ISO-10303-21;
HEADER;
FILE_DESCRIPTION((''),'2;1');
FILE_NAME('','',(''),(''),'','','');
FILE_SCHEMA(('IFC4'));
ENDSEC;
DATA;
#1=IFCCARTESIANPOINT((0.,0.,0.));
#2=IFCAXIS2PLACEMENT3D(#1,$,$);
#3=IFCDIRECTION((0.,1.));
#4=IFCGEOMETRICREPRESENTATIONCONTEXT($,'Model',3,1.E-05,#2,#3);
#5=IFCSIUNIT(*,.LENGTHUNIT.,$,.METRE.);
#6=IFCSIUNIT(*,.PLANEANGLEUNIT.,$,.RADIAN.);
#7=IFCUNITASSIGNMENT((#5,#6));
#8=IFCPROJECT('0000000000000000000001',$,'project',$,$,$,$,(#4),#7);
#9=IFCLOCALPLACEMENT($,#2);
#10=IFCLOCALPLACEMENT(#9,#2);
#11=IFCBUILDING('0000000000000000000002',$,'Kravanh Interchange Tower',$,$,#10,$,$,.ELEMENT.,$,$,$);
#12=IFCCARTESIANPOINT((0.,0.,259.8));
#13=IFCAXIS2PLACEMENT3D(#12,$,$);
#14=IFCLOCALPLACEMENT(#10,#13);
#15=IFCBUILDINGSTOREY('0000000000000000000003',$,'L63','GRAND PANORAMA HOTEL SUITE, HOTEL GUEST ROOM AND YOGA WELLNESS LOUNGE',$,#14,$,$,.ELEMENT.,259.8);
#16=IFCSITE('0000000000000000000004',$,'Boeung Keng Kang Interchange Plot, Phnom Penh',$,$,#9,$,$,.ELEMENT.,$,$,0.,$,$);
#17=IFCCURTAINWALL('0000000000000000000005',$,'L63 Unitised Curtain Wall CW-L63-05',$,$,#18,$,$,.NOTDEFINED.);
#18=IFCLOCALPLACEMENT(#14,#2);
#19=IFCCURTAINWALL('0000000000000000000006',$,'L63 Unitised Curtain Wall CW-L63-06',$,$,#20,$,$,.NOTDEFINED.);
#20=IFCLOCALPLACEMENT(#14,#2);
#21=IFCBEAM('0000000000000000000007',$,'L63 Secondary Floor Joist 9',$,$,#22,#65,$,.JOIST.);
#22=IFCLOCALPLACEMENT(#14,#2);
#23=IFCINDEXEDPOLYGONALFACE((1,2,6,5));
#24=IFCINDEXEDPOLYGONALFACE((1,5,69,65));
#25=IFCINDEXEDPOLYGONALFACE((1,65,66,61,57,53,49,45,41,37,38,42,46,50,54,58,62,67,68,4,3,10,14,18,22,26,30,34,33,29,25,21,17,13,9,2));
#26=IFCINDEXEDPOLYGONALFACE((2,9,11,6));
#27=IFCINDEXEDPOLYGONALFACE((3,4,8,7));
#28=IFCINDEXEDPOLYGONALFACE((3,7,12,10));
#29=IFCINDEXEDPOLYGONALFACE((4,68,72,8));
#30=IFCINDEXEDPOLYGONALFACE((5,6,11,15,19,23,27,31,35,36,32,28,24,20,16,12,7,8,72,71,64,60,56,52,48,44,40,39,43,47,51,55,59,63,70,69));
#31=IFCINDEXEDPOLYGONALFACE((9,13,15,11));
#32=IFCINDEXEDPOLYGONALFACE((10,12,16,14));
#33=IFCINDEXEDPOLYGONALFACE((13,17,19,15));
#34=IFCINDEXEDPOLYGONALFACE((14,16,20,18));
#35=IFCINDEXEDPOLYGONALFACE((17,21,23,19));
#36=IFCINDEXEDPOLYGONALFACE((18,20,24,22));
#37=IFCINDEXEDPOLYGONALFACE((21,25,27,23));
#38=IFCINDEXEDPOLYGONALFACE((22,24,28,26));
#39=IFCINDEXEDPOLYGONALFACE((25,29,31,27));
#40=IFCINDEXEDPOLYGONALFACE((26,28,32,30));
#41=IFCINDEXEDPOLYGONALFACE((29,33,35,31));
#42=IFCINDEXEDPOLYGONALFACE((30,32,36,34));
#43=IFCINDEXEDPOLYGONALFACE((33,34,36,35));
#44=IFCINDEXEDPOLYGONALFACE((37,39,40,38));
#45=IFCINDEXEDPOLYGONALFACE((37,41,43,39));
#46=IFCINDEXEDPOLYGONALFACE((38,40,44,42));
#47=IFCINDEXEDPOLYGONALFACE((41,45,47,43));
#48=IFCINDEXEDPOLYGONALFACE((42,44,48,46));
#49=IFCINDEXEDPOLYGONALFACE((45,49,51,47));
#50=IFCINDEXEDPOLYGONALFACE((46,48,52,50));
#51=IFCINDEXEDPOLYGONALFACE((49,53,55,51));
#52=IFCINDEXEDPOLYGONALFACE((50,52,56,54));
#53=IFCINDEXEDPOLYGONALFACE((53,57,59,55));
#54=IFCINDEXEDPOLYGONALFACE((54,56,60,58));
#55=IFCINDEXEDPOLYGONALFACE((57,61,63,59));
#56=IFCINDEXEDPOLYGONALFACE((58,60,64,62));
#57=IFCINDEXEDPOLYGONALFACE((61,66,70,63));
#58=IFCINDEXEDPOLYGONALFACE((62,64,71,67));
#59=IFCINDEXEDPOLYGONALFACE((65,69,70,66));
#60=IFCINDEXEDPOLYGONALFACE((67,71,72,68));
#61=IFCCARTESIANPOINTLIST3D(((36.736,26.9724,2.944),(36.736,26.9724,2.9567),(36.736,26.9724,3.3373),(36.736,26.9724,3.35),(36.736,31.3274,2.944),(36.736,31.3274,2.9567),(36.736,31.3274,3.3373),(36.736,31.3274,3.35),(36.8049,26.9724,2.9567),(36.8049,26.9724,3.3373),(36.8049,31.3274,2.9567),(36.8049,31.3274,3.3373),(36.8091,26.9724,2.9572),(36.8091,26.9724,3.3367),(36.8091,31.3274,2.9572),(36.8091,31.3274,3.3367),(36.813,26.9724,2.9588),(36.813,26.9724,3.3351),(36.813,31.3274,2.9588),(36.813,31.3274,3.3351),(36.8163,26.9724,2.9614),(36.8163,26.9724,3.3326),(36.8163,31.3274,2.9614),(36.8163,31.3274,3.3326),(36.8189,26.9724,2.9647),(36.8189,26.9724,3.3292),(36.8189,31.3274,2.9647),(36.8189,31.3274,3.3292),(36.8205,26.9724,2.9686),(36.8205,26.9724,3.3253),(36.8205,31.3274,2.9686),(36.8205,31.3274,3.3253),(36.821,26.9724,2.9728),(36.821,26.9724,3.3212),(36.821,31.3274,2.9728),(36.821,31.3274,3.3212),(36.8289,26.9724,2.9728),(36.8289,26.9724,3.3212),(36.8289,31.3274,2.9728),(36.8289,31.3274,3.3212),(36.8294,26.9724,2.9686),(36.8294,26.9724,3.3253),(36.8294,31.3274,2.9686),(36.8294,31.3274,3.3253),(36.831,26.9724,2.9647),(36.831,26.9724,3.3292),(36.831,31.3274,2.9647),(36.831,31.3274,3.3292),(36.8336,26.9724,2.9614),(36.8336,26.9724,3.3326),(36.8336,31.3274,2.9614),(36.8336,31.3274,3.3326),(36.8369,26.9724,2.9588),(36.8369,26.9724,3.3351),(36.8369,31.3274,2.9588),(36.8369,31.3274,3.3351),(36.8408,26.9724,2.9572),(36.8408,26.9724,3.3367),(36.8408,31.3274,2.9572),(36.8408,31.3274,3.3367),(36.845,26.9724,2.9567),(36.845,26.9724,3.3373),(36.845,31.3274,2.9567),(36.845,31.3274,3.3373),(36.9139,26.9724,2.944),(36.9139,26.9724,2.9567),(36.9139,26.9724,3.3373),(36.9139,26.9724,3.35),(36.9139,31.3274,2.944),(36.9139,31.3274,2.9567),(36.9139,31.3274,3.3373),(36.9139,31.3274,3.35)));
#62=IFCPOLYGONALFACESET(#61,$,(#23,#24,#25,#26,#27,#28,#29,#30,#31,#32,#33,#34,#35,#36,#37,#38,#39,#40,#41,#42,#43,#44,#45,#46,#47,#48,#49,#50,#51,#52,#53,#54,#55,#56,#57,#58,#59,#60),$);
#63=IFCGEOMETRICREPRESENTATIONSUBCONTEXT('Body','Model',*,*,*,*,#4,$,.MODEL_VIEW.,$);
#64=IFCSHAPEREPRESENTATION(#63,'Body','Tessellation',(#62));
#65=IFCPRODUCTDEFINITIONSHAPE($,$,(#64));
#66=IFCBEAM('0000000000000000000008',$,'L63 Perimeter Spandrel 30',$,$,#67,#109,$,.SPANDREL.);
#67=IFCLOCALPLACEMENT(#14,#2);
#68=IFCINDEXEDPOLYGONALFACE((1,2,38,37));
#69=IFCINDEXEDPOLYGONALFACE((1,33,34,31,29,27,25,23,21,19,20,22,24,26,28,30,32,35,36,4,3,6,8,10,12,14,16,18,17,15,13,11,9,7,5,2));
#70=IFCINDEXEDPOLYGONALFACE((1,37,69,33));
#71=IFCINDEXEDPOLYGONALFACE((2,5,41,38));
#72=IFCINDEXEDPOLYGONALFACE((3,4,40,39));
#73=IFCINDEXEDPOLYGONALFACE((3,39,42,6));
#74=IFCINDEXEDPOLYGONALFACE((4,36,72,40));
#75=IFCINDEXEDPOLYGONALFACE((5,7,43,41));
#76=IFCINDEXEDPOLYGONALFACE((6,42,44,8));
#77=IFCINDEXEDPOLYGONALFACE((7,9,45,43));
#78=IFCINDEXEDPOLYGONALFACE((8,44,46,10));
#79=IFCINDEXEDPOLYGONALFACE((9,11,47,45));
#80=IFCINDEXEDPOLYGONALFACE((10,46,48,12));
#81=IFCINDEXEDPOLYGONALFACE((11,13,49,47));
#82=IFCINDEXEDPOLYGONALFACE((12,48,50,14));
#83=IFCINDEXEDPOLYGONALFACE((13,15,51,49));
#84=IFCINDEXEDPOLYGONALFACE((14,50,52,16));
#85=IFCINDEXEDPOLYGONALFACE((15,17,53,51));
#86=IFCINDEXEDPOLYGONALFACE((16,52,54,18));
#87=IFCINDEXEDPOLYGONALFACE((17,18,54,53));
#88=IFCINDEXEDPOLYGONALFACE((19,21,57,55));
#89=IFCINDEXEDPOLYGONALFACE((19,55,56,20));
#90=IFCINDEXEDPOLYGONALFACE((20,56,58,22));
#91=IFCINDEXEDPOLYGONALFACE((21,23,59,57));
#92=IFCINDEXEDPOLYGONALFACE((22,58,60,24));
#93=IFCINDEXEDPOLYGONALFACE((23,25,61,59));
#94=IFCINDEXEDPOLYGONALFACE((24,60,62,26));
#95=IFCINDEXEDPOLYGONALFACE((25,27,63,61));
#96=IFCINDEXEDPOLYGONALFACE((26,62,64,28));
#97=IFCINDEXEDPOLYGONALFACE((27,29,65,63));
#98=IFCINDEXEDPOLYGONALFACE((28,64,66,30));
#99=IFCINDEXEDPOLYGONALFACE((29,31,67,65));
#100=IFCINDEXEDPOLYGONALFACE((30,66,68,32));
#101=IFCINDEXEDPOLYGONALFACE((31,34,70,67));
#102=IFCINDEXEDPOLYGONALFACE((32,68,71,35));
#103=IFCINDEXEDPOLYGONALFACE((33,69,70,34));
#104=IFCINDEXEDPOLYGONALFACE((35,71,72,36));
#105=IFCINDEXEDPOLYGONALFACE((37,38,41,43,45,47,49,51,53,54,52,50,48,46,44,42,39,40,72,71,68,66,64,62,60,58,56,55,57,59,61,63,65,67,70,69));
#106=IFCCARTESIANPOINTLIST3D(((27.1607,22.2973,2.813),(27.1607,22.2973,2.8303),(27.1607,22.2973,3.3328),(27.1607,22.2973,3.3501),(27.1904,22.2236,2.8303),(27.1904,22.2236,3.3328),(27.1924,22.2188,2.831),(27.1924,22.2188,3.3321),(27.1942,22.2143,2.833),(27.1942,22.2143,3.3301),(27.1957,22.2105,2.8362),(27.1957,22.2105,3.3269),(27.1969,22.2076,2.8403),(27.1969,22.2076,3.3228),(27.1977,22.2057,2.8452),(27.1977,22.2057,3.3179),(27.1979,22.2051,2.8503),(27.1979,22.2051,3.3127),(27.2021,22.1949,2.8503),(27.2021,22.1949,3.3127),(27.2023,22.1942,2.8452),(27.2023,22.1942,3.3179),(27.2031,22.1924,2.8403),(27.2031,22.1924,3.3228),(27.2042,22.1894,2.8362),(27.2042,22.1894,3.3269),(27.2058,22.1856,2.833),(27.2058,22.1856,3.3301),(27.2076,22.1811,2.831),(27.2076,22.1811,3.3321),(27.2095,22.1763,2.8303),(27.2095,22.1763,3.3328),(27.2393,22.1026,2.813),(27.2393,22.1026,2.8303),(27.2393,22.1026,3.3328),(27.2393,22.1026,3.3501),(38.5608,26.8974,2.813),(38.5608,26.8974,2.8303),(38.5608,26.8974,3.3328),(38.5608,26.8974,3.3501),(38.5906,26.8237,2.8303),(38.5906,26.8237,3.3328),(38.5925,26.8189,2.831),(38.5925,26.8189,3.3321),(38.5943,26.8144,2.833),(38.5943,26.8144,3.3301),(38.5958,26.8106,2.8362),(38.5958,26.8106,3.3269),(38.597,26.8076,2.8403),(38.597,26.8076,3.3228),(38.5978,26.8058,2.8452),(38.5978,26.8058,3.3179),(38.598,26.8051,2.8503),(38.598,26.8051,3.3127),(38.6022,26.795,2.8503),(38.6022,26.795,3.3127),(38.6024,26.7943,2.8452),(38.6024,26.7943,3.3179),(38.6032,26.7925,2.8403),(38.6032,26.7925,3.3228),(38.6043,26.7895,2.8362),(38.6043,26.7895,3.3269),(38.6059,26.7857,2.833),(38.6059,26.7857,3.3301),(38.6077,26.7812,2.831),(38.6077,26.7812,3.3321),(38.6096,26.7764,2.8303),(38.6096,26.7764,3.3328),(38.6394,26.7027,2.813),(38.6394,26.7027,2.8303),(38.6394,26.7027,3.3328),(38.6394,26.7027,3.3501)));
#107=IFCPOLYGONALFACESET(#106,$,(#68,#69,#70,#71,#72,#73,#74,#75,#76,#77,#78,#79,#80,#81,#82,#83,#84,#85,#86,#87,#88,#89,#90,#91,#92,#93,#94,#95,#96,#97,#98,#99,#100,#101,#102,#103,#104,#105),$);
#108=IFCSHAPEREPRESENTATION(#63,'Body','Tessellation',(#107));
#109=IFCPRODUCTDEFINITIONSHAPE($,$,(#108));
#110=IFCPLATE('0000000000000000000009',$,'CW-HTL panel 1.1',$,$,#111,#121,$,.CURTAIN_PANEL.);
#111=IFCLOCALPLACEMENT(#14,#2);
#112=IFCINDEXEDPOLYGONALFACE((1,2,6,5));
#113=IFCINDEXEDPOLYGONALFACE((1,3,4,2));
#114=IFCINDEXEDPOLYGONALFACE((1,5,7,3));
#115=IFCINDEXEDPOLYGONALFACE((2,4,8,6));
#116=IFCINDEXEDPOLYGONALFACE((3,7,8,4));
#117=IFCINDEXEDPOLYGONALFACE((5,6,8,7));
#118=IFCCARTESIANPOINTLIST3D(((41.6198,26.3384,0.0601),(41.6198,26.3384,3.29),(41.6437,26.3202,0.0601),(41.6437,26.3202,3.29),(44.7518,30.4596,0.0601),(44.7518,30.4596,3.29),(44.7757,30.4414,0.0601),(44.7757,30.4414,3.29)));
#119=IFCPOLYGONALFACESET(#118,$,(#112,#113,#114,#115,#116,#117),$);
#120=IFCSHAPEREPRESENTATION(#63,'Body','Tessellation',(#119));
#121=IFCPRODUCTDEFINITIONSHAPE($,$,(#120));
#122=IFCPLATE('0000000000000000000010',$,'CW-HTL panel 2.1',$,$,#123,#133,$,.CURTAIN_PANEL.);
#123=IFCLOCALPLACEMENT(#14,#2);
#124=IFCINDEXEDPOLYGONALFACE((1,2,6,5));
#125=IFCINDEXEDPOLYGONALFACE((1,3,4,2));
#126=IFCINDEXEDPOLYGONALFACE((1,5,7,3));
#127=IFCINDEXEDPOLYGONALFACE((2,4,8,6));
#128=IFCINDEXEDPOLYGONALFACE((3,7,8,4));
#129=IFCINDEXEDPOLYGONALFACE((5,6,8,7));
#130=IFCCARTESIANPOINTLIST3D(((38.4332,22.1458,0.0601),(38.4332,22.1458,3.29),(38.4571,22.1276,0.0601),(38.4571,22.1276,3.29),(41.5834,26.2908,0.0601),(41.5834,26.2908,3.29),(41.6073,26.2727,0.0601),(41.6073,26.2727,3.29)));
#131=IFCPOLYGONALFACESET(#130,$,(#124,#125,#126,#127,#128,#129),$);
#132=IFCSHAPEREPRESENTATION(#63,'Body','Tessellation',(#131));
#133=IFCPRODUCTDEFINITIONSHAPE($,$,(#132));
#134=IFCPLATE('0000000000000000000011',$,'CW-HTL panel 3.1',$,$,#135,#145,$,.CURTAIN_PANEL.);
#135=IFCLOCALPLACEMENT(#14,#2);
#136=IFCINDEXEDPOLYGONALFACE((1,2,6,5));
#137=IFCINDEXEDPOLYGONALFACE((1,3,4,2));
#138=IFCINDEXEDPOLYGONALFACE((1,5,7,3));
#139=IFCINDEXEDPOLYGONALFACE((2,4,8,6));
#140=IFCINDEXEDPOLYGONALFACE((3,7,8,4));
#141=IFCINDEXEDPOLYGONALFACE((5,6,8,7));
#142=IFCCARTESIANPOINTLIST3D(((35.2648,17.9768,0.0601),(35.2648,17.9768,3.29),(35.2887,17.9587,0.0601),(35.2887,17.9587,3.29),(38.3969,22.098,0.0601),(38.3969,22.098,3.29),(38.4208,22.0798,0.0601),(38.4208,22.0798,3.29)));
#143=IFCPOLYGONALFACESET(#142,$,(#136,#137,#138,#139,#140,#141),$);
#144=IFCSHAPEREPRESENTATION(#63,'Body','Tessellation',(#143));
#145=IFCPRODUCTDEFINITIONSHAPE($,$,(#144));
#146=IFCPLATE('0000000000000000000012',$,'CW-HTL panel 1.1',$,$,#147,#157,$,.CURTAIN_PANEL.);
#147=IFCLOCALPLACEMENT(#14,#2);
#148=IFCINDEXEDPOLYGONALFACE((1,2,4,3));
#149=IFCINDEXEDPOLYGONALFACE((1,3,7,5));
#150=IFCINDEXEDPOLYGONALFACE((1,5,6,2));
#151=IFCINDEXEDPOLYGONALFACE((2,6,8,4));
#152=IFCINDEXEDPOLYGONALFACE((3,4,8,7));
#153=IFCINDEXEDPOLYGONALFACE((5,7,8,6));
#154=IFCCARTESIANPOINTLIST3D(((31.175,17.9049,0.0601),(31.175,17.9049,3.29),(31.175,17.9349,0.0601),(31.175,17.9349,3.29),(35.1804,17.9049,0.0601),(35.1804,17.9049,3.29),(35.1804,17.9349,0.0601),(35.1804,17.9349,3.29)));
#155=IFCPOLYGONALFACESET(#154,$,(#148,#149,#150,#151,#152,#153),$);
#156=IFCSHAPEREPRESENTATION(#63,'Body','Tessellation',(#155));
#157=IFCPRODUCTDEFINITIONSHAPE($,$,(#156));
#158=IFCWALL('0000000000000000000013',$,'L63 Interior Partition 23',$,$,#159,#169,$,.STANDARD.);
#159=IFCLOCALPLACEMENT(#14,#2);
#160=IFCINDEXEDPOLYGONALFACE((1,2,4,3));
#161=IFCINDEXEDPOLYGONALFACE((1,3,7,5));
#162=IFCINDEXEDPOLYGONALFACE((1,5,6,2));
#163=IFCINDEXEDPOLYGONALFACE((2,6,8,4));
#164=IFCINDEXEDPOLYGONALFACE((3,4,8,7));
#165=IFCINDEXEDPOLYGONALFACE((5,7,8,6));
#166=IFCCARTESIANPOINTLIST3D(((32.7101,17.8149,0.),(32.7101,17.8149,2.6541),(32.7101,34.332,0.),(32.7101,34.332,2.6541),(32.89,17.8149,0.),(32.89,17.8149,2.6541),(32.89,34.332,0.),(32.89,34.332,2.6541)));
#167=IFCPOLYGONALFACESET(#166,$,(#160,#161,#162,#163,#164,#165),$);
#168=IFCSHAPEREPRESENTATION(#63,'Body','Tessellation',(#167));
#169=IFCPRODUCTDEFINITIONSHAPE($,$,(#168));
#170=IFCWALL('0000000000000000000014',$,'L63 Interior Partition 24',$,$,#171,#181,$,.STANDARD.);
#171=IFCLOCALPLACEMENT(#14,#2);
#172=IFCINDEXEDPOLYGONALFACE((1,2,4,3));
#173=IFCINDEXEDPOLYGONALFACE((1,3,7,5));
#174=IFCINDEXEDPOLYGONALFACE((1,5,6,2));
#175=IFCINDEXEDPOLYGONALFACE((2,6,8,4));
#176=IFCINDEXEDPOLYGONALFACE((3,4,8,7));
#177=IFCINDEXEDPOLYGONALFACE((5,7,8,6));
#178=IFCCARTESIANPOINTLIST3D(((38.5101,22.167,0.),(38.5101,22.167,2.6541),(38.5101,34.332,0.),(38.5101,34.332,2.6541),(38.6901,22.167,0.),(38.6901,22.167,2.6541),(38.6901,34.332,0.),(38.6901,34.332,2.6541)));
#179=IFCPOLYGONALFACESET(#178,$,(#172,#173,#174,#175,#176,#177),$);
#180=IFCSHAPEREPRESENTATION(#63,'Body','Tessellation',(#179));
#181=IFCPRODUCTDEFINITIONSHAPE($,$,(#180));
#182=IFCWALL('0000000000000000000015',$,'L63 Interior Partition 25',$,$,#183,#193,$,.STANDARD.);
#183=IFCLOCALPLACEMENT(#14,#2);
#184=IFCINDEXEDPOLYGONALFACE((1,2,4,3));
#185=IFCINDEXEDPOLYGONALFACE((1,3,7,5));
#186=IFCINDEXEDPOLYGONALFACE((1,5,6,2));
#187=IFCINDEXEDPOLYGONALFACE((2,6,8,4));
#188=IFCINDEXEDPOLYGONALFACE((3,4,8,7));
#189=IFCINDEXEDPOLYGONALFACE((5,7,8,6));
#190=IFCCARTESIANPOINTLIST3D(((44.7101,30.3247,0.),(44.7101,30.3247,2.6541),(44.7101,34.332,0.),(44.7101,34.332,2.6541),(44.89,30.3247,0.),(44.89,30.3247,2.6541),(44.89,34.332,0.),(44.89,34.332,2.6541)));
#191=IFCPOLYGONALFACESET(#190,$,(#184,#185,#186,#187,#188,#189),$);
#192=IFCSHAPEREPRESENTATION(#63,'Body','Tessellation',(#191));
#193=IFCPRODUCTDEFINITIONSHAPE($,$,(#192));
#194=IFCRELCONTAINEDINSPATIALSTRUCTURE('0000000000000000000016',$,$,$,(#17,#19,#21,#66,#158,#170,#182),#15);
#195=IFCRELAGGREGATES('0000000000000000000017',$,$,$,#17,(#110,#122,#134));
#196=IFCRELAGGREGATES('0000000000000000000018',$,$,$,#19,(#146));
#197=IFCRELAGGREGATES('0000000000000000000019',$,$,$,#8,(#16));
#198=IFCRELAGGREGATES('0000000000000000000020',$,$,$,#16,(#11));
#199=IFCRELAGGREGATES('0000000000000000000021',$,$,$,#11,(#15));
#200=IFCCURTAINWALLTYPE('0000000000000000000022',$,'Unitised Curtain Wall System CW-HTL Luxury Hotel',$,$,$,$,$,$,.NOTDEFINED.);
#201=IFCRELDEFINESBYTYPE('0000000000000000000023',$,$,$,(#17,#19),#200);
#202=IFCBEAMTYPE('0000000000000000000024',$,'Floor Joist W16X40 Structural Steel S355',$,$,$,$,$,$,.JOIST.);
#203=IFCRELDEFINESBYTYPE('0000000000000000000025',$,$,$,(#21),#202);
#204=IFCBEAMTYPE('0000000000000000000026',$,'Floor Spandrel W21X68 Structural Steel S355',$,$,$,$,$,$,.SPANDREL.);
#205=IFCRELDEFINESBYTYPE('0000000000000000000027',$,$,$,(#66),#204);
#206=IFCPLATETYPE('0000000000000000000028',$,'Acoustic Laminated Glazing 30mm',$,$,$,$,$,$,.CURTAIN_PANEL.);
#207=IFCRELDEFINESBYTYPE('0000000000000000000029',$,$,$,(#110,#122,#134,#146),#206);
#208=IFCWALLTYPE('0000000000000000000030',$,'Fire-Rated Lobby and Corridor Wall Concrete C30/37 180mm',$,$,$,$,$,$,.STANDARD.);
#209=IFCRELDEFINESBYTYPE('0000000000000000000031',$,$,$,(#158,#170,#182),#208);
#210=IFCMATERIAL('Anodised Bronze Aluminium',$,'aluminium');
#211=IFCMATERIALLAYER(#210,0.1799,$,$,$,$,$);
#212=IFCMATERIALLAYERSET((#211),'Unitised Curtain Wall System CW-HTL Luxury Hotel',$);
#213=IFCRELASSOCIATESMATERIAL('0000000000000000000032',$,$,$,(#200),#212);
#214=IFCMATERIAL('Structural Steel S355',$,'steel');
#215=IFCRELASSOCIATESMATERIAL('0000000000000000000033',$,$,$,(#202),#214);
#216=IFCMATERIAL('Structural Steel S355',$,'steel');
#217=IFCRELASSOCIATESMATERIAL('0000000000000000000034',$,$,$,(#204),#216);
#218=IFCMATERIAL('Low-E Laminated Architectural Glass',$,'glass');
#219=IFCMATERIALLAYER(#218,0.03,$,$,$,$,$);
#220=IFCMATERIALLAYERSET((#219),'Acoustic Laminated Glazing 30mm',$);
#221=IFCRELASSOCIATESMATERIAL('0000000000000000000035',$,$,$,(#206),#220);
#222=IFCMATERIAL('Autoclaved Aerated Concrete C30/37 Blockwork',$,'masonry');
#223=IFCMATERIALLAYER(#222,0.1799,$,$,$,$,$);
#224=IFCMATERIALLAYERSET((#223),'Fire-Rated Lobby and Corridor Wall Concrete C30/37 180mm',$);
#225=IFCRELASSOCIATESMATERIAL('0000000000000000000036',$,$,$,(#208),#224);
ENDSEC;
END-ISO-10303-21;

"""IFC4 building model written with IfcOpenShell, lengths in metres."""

from ifc_helpers import new_model, si_unit, direction, frame, frame_2d, origin, origin_2d, place, context, subcontext, project, spatial, rectangle, i_section, extrude, material, layer, layer_set, material_profile, profile_set, type_object, element, aggregate, save


model = new_model("IFC4")

# Units and contexts
model_context = context("Model", 3, precision=1e-05, world=origin(), true_north=direction((0.0, 1.0)))
body_context = subcontext(model_context, "Body", "Model", "MODEL_VIEW")
ifc_project = project(units=[si_unit("LENGTHUNIT", "METRE"), si_unit("PLANEANGLEUNIT", "RADIAN")], contexts=[model_context])

# Site, building, storey
site_placement = place(None, origin())
site = spatial("IfcSite", under=ifc_project, at=site_placement, Name="Boeung Keng Kang Interchange Plot, Phnom Penh", CompositionType="ELEMENT", RefElevation=0.0)
building_placement = place(site_placement, origin())
building = spatial("IfcBuilding", under=site, at=building_placement, Name="Kravanh Interchange Tower", CompositionType="ELEMENT")
storey_placement = place(building_placement, frame((0.0, 0.0, 259.8)))
storey = spatial("IfcBuildingStorey", under=building, at=storey_placement, Name="L63", Description="GRAND PANORAMA HOTEL SUITE, HOTEL GUEST ROOM AND YOGA WELLNESS LOUNGE", CompositionType="ELEMENT", Elevation=259.8)

# Curtain walls
ifc_material_1 = material(Name="Anodised Bronze Aluminium", Category="aluminium")
ifc_layer_1 = layer(ifc_material_1, 0.1799)
ifc_layer_set_1 = layer_set([ifc_layer_1], Name="Unitised Curtain Wall System CW-HTL Luxury Hotel")
curtain_wall_type = type_object("IfcCurtainWallType", Name="Unitised Curtain Wall System CW-HTL Luxury Hotel", PredefinedType="NOTDEFINED", material=ifc_layer_set_1)
curtain_wall_1_placement = place(storey_placement, origin())
curtain_wall_1 = element("IfcCurtainWall", 1, at=curtain_wall_1_placement, inside=storey, type_object=curtain_wall_type, Name="L63 Unitised Curtain Wall CW-L63-05", PredefinedType="NOTDEFINED")
curtain_wall_2_placement = place(storey_placement, origin())
curtain_wall_2 = element("IfcCurtainWall", 2, at=curtain_wall_2_placement, inside=storey, type_object=curtain_wall_type, Name="L63 Unitised Curtain Wall CW-L63-06", PredefinedType="NOTDEFINED")

# Beams
ifc_material_2 = material(Name="Structural Steel S355", Category="steel")
ifc_material_profile_1 = material_profile(ifc_material_2, i_section(OverallWidth=0.178, OverallDepth=0.406, WebThickness=0.0078, FlangeThickness=0.0127, FilletRadius=0.0161, at=origin_2d()), Name="W16X40")
ifc_profile_set_1 = profile_set([ifc_material_profile_1], Name="Structural Steel S355")
beam_type_1 = type_object("IfcBeamType", Name="Floor Joist W16X40 Structural Steel S355", PredefinedType="JOIST", material=ifc_profile_set_1)
for number, where, z_axis, x_axis, name in (
    (3, (36.825, 26.9724, 3.147), (0.0, 1.0, 0.0), (-1.0, 0.0, 0.0), "L63 Secondary Floor Joist 9"),
):
    element("IfcBeam", number, at=place(storey_placement, frame(where, z_axis=z_axis, x_axis=x_axis)), inside=storey, type_object=beam_type_1, Name=name, PredefinedType="JOIST", context=body_context, shape_type="SweptSolid", body=[
        extrude(i_section(OverallWidth=0.178, OverallDepth=0.406, WebThickness=0.0078, FlangeThickness=0.0127, FilletRadius=0.0161, at=origin_2d()), origin(), (0.0, 0.0, 1.0), 4.355),
    ])
ifc_material_3 = material(Name="Structural Steel S355", Category="steel")
ifc_material_profile_2 = material_profile(ifc_material_3, i_section(OverallWidth=0.21, OverallDepth=0.5371, WebThickness=0.011, FlangeThickness=0.0173, FilletRadius=0.02, at=origin_2d()), Name="W21X68")
ifc_profile_set_2 = profile_set([ifc_material_profile_2], Name="Structural Steel S355")
beam_type_2 = type_object("IfcBeamType", Name="Floor Spandrel W21X68 Structural Steel S355", PredefinedType="SPANDREL", material=ifc_profile_set_2)
beam_1_placement = place(storey_placement, frame((38.6001, 26.8, 3.0815), z_axis=(-0.927349, -0.374197, 0.0), x_axis=(0.374197, -0.927349, 0.0)))
element("IfcBeam", 4, at=beam_1_placement, inside=storey, type_object=beam_type_2, Name="L63 Perimeter Spandrel 30", PredefinedType="SPANDREL", context=body_context, shape_type="SweptSolid", body=[
    extrude(i_section(OverallWidth=0.21, OverallDepth=0.5371, WebThickness=0.011, FlangeThickness=0.0173, FilletRadius=0.02, at=origin_2d()), origin(), (0.0, 0.0, 1.0), 12.2932),
])

# Plates
ifc_material_4 = material(Name="Low-E Laminated Architectural Glass", Category="glass")
ifc_layer_2 = layer(ifc_material_4, 0.03)
ifc_layer_set_2 = layer_set([ifc_layer_2], Name="Acoustic Laminated Glazing 30mm")
plate_type = type_object("IfcPlateType", Name="Acoustic Laminated Glazing 30mm", PredefinedType="CURTAIN_PANEL", material=ifc_layer_set_2)
plate_1_placement = place(storey_placement, frame((43.1978, 28.3899, 0.0601), z_axis=(0.0, 0.0, 1.0), x_axis=(-0.605083, -0.796162, 0.0)))
plate_1 = element("IfcPlate", 5, at=plate_1_placement, type_object=plate_type, Name="CW-HTL panel 1.1", PredefinedType="CURTAIN_PANEL", context=body_context, shape_type="SweptSolid", body=[
    extrude(rectangle(XDim=5.1763, YDim=0.03, at=origin_2d()), origin(), (0.0, 0.0, 1.0), 3.23),
])
plate_2_placement = place(storey_placement, frame((40.0203, 24.2092, 0.0601), z_axis=(0.0, 0.0, 1.0), x_axis=(-0.605083, -0.796162, 0.0)))
plate_2 = element("IfcPlate", 6, at=plate_2_placement, type_object=plate_type, Name="CW-HTL panel 2.1", PredefinedType="CURTAIN_PANEL", context=body_context, shape_type="SweptSolid", body=[
    extrude(rectangle(XDim=5.2063, YDim=0.03, at=origin_2d()), origin(), (0.0, 0.0, 1.0), 3.23),
])
plate_3_placement = place(storey_placement, frame((36.8428, 20.0283, 0.0601), z_axis=(0.0, 0.0, 1.0), x_axis=(-0.605083, -0.796162, 0.0)))
plate_3 = element("IfcPlate", 7, at=plate_3_placement, type_object=plate_type, Name="CW-HTL panel 3.1", PredefinedType="CURTAIN_PANEL", context=body_context, shape_type="SweptSolid", body=[
    extrude(rectangle(XDim=5.1763, YDim=0.03, at=origin_2d()), origin(), (0.0, 0.0, 1.0), 3.23),
])
aggregate(curtain_wall_1, [plate_1, plate_2, plate_3])
plate_4_placement = place(storey_placement, frame((33.1777, 17.9199, 0.0601), z_axis=(0.0, 0.0, 1.0), x_axis=(-1.0, 0.0, 0.0)))
plate_4 = element("IfcPlate", 8, at=plate_4_placement, type_object=plate_type, Name="CW-HTL panel 1.1", PredefinedType="CURTAIN_PANEL", context=body_context, shape_type="SweptSolid", body=[
    extrude(rectangle(XDim=4.0054, YDim=0.03, at=origin_2d()), origin(), (0.0, 0.0, 1.0), 3.23),
])
aggregate(curtain_wall_2, [plate_4])

# Walls
ifc_material_5 = material(Name="Autoclaved Aerated Concrete C30/37 Blockwork", Category="masonry")
ifc_layer_3 = layer(ifc_material_5, 0.1799)
ifc_layer_set_3 = layer_set([ifc_layer_3], Name="Fire-Rated Lobby and Corridor Wall Concrete C30/37 180mm")
wall_type = type_object("IfcWallType", Name="Fire-Rated Lobby and Corridor Wall Concrete C30/37 180mm", PredefinedType="STANDARD", material=ifc_layer_set_3)
wall_1_placement = place(storey_placement, frame((32.8, 17.8149, 0.0), z_axis=(0.0, 0.0, 1.0), x_axis=(0.0, 1.0, 0.0)))
element("IfcWall", 9, at=wall_1_placement, inside=storey, type_object=wall_type, Name="L63 Interior Partition 23", PredefinedType="STANDARD", context=body_context, shape_type="SweptSolid", body=[
    extrude(rectangle(XDim=16.5171, YDim=0.1799, at=frame_2d((8.2585, 0.0))), origin(), (0.0, 0.0, 1.0), 2.6541),
])
wall_2_placement = place(storey_placement, frame((38.6001, 22.167, 0.0), z_axis=(0.0, 0.0, 1.0), x_axis=(0.0, 1.0, 0.0)))
element("IfcWall", 10, at=wall_2_placement, inside=storey, type_object=wall_type, Name="L63 Interior Partition 24", PredefinedType="STANDARD", context=body_context, shape_type="SweptSolid", body=[
    extrude(rectangle(XDim=12.165, YDim=0.1799, at=frame_2d((6.0825, 0.0))), origin(), (0.0, 0.0, 1.0), 2.6541),
])
wall_3_placement = place(storey_placement, frame((44.8, 30.3247, 0.0), z_axis=(0.0, 0.0, 1.0), x_axis=(0.0, 1.0, 0.0)))
element("IfcWall", 11, at=wall_3_placement, inside=storey, type_object=wall_type, Name="L63 Interior Partition 25", PredefinedType="STANDARD", context=body_context, shape_type="SweptSolid", body=[
    extrude(rectangle(XDim=4.0073, YDim=0.1799, at=frame_2d((2.0037, 0.0))), origin(), (0.0, 0.0, 1.0), 2.6541),
])

save(model, "model.ifc")
